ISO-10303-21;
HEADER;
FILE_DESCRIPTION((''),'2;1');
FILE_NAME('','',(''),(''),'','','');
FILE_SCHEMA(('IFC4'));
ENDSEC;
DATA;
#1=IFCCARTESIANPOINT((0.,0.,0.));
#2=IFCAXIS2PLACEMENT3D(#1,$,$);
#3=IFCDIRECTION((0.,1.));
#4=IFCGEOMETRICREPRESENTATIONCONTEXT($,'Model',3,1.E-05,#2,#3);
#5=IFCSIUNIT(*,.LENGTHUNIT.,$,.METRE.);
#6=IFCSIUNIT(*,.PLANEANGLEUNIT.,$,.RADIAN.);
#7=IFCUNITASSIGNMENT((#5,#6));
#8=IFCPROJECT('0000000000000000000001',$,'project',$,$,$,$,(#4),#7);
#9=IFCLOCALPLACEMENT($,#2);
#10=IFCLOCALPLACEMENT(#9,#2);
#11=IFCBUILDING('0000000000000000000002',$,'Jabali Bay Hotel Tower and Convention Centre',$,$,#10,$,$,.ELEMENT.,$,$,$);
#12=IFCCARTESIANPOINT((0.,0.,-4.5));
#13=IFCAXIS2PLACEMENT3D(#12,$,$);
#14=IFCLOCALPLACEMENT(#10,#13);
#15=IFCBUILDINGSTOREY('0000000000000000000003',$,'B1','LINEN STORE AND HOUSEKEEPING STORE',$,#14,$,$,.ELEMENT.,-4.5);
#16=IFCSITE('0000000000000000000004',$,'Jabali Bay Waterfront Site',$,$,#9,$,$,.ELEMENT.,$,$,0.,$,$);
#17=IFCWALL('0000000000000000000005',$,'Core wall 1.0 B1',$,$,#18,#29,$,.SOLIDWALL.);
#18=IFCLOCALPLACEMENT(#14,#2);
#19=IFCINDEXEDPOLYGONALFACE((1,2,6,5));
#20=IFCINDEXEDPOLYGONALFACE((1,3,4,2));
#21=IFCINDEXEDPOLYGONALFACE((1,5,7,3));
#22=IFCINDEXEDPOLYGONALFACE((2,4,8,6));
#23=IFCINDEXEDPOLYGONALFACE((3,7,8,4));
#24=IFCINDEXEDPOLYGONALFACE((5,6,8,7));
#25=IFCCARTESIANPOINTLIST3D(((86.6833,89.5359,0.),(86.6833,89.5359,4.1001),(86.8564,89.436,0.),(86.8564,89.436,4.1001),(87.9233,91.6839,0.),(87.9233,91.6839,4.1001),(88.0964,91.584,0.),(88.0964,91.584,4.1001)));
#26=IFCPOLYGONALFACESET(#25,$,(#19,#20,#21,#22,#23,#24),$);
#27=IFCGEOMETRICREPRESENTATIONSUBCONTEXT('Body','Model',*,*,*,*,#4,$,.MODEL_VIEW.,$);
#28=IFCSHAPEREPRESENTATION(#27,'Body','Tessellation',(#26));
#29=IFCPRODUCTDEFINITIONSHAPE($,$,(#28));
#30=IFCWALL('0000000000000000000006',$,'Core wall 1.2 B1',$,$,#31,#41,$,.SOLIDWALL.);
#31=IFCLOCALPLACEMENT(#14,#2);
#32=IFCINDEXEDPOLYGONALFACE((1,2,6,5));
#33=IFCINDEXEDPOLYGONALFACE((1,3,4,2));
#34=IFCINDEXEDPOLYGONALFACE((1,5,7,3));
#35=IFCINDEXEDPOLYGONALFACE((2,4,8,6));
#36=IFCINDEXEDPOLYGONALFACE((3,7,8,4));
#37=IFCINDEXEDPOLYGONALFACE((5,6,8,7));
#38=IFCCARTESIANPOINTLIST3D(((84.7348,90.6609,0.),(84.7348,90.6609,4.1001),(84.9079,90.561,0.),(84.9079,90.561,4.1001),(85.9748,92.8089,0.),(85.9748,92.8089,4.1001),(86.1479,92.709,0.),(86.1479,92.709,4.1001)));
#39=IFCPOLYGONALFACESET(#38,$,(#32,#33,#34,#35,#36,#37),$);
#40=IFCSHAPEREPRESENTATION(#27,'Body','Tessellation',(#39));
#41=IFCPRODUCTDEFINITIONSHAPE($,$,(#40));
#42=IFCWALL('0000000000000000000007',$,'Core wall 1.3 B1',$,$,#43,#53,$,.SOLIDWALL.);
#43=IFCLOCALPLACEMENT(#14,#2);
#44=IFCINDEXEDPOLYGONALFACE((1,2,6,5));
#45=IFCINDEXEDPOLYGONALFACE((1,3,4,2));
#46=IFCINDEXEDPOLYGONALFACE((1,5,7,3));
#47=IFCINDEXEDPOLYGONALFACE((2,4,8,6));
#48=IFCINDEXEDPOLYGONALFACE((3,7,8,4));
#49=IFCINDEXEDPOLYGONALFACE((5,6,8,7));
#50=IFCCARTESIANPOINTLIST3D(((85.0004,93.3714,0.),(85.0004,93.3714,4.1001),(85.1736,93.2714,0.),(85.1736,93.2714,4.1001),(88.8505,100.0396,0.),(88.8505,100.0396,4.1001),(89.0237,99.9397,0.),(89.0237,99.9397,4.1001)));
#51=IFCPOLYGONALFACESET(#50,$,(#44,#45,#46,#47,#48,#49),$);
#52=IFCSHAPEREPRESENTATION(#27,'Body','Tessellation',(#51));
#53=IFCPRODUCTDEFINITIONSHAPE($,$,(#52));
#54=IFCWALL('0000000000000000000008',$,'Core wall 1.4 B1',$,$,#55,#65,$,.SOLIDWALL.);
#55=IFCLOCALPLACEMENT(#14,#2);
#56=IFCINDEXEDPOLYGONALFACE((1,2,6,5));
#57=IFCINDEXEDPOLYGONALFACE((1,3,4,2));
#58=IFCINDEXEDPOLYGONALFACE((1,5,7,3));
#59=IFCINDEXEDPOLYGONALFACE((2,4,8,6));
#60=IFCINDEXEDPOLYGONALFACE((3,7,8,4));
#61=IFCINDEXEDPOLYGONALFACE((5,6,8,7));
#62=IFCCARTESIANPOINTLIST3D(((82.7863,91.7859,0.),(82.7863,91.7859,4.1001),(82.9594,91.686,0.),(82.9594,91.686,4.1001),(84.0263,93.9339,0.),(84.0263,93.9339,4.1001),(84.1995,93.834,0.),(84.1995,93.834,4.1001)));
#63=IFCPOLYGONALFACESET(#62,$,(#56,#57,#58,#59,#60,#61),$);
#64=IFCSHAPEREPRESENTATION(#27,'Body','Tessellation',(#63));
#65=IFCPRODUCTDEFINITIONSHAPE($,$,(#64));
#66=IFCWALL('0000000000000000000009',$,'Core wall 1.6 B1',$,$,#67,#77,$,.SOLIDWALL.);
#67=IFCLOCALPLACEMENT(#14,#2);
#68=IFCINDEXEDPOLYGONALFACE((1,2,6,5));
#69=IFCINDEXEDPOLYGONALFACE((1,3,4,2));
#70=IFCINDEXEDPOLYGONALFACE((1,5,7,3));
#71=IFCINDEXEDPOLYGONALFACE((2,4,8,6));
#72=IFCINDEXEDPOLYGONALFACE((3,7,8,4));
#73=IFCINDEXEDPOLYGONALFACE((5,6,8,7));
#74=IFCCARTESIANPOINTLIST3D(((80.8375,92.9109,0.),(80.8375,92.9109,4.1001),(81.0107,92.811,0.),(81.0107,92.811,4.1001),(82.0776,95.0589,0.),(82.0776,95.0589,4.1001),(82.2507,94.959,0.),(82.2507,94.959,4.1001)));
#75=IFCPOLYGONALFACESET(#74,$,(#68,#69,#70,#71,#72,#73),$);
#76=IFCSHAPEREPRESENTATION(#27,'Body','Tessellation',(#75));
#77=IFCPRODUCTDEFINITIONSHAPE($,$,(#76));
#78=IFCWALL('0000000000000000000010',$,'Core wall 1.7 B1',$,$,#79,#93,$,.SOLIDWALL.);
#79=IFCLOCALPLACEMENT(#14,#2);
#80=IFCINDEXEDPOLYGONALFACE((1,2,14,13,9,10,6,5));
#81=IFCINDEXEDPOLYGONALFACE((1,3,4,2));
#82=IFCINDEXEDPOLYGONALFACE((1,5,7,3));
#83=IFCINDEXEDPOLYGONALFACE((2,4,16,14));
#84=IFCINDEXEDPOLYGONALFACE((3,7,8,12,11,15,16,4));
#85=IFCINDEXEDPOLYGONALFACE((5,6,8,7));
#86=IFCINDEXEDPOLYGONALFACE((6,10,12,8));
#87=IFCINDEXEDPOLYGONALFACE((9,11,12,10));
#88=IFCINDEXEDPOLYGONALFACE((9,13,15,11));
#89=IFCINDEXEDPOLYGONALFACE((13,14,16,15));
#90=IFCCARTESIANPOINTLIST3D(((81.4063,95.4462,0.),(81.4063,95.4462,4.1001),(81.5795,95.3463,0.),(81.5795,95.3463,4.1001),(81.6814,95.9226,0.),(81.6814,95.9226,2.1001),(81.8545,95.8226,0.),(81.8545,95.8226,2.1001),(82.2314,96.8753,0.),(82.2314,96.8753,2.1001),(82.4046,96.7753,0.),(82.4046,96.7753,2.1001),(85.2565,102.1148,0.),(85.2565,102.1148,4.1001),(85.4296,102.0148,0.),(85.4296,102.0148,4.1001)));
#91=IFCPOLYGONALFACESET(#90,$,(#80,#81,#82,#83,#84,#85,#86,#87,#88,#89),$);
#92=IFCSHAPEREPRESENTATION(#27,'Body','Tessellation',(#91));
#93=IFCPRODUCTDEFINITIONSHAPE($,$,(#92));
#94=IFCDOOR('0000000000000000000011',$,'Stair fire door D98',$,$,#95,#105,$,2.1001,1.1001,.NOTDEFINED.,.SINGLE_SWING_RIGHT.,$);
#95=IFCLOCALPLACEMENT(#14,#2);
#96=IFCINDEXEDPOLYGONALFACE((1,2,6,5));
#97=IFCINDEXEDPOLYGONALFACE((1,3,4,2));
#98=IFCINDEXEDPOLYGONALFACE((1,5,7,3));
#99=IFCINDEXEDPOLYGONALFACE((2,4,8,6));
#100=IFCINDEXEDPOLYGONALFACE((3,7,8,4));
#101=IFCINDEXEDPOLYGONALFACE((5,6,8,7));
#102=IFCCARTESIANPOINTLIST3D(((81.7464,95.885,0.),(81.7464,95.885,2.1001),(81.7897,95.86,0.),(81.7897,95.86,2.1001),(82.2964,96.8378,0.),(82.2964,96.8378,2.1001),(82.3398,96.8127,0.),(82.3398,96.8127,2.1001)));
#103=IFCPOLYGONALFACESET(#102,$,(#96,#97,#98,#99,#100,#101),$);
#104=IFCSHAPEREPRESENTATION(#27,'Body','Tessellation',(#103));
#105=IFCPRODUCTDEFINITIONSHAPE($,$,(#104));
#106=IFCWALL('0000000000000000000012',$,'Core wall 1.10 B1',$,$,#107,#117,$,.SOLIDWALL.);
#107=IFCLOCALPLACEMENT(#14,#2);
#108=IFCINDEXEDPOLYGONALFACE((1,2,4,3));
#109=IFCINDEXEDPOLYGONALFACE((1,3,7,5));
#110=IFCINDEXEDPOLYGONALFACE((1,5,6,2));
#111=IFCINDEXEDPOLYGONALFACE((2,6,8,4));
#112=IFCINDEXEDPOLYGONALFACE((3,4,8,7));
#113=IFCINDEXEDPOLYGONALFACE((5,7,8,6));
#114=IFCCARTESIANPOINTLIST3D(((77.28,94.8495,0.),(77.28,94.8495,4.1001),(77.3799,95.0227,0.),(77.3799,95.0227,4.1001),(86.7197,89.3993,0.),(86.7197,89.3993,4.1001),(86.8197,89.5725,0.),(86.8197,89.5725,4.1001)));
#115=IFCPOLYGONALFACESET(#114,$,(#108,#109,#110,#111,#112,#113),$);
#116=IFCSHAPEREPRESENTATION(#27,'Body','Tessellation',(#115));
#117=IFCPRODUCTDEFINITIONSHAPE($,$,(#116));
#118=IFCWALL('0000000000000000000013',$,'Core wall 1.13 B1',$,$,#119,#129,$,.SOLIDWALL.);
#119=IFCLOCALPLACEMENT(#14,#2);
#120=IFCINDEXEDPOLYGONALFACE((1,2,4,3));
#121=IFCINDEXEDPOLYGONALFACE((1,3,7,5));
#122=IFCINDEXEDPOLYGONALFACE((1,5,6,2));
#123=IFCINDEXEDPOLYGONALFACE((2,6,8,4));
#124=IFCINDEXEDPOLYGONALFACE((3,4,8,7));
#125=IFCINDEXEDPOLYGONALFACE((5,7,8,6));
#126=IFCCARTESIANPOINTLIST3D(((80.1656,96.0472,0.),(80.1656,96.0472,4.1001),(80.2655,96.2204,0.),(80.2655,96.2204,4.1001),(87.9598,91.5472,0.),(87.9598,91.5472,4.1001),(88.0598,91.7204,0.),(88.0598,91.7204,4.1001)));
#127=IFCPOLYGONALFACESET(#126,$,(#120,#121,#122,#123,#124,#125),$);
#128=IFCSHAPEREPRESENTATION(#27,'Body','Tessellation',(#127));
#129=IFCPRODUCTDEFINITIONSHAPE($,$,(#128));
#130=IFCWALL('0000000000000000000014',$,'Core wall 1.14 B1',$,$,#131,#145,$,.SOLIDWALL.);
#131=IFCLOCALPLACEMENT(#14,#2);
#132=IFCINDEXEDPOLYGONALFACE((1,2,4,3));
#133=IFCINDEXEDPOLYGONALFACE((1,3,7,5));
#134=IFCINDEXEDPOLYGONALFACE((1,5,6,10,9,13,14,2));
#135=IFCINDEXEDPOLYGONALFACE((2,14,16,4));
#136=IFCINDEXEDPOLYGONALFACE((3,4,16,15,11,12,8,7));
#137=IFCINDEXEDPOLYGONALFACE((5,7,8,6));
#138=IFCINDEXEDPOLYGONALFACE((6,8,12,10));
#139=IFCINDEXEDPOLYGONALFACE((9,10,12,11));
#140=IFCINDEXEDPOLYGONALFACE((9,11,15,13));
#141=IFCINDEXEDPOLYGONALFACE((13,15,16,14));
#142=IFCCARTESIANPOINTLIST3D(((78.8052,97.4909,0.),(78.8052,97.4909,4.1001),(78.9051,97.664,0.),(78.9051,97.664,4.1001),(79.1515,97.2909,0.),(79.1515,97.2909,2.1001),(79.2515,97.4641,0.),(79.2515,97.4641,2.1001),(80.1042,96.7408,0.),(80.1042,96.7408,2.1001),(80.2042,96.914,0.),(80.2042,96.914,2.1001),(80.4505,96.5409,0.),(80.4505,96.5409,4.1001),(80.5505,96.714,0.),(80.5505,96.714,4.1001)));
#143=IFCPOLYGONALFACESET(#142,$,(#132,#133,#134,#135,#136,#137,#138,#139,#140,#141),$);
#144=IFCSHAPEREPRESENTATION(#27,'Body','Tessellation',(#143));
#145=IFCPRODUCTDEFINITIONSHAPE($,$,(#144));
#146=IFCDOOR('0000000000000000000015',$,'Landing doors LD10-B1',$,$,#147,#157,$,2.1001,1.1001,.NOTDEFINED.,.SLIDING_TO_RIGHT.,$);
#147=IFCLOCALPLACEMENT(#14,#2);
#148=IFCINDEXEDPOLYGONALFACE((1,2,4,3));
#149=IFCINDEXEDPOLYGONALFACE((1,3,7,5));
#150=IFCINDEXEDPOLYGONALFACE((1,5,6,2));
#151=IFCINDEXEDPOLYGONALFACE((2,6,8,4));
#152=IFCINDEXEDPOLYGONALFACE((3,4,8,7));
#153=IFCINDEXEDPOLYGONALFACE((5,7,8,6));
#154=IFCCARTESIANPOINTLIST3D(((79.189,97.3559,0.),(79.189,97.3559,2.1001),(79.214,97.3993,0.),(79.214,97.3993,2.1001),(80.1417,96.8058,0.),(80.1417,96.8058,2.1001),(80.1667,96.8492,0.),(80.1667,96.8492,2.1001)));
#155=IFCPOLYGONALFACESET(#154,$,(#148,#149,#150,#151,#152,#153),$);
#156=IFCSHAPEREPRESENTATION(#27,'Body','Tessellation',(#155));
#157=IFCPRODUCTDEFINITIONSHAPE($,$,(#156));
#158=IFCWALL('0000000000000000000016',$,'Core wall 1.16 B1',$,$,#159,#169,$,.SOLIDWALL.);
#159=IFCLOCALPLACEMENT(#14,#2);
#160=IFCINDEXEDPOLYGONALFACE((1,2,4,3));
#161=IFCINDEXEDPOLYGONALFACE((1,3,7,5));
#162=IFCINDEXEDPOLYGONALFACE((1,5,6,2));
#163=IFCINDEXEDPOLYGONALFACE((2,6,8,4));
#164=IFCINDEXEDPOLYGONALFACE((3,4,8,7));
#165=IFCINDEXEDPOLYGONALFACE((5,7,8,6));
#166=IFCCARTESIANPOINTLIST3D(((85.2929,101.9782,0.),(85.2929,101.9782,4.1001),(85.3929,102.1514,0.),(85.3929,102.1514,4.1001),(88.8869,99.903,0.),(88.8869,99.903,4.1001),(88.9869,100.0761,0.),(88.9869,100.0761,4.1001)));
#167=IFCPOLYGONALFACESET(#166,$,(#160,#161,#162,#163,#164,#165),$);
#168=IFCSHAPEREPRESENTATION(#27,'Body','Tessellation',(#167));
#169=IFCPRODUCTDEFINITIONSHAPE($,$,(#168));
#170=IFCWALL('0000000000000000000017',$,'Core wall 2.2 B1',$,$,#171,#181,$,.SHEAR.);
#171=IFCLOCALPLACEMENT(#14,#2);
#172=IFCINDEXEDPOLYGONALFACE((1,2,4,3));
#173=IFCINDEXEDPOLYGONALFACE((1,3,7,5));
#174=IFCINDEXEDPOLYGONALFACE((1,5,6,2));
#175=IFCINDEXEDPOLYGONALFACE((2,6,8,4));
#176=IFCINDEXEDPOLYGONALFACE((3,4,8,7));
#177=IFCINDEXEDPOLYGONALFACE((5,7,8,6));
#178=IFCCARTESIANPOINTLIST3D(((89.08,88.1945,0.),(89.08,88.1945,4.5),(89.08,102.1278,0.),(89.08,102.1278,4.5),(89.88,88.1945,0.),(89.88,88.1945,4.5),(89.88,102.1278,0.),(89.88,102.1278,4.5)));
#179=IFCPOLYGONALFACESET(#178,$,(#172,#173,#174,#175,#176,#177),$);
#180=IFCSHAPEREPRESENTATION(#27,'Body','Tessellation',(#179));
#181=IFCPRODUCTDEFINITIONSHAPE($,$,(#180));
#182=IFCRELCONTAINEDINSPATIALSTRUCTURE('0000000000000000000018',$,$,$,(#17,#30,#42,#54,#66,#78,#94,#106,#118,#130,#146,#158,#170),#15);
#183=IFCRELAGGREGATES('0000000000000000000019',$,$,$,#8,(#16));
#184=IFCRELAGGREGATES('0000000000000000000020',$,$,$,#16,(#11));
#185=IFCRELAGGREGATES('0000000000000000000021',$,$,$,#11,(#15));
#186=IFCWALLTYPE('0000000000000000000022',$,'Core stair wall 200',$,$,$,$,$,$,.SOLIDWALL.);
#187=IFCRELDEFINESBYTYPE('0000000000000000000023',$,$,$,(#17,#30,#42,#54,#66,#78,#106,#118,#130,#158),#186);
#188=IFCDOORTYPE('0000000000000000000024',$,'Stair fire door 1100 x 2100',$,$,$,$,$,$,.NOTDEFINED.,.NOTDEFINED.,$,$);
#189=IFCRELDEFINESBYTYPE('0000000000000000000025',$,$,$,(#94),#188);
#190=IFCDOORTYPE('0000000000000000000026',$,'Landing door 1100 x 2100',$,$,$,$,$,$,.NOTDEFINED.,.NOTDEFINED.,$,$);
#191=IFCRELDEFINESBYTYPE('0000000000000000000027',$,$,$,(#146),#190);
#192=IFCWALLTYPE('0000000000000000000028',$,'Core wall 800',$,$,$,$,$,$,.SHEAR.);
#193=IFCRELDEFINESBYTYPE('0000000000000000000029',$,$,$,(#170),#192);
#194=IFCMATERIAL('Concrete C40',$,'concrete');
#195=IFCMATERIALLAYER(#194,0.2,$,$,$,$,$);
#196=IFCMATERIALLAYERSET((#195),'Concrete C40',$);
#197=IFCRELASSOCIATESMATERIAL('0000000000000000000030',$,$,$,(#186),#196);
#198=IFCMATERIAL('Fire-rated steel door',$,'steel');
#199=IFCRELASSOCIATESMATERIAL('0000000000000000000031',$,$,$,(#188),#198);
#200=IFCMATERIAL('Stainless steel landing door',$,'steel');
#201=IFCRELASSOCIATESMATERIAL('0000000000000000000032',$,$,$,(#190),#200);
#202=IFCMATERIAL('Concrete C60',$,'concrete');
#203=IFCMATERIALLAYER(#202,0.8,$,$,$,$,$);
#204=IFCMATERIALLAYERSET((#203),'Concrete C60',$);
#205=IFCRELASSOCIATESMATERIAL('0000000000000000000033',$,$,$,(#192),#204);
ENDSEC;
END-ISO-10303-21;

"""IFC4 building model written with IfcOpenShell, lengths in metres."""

from ifc_helpers import new_model, si_unit, direction, frame, frame_2d, origin, place, context, subcontext, project, spatial, rectangle, extrude, material, layer, layer_set, type_object, element, fill, save


model = new_model("IFC4")

# Units and contexts
model_context = context("Model", 3, precision=1e-05, world=origin(), true_north=direction((0.0, 1.0)))
body_context = subcontext(model_context, "Body", "Model", "MODEL_VIEW")
ifc_project = project(units=[si_unit("LENGTHUNIT", "METRE"), si_unit("PLANEANGLEUNIT", "RADIAN")], contexts=[model_context])

# Site, building, storey
site_placement = place(None, origin())
site = spatial("IfcSite", under=ifc_project, at=site_placement, Name="Jabali Bay Waterfront Site", CompositionType="ELEMENT", RefElevation=0.0)
building_placement = place(site_placement, origin())
building = spatial("IfcBuilding", under=site, at=building_placement, Name="Jabali Bay Hotel Tower and Convention Centre", CompositionType="ELEMENT")
storey_placement = place(building_placement, frame((0.0, 0.0, -4.5)))
storey = spatial("IfcBuildingStorey", under=building, at=storey_placement, Name="B1", Description="LINEN STORE AND HOUSEKEEPING STORE", CompositionType="ELEMENT", Elevation=-4.5)

# Shared definitions
ifc_material_1 = material(Name="Concrete C60", Category="concrete")

# Shared definitions
ifc_material_2 = material(Name="Concrete C40", Category="concrete")

# Shared definitions
ifc_material_3 = material(Name="Fire-rated steel door", Category="steel")

# Walls
ifc_layer_1 = layer(ifc_material_2, 0.2)
ifc_layer_set_1 = layer_set([ifc_layer_1], Name="Concrete C40")
wall_type_1 = type_object("IfcWallType", Name="Core stair wall 200", PredefinedType="SOLIDWALL", material=ifc_layer_set_1)
for number, where, z_axis, x_axis, name in (
    (1, (86.7698, 89.4858, 0.0), (0.0, 0.0, 1.0), (0.499961, 0.866048, 0.0), "Core wall 1.0 B1"),
    (2, (84.8213, 90.6108, 0.0), (0.0, 0.0, 1.0), (0.499961, 0.866048, 0.0), "Core wall 1.2 B1"),
):
    element("IfcWall", number, at=place(storey_placement, frame(where, z_axis=z_axis, x_axis=x_axis)), inside=storey, type_object=wall_type_1, Name=name, PredefinedType="SOLIDWALL", context=body_context, shape_type="SweptSolid", body=[
        extrude(rectangle(XDim=2.4802, YDim=0.2, at=frame_2d((1.2402, 0.0))), origin(), (0.0, 0.0, 1.0), 4.1001),
    ])
wall_1_placement = place(storey_placement, frame((85.0869, 93.3213, 0.0), z_axis=(0.0, 0.0, 1.0), x_axis=(0.50002, 0.866014, 0.0)))
element("IfcWall", 3, at=wall_1_placement, inside=storey, type_object=wall_type_1, Name="Core wall 1.3 B1", PredefinedType="SOLIDWALL", context=body_context, shape_type="SweptSolid", body=[
    extrude(rectangle(XDim=7.7, YDim=0.2, at=frame_2d((3.8501, 0.0))), origin(), (0.0, 0.0, 1.0), 4.1001),
])
for number, where, z_axis, x_axis, name in (
    (4, (82.8728, 91.7358, 0.0), (0.0, 0.0, 1.0), (0.499961, 0.866048, 0.0), "Core wall 1.4 B1"),
    (5, (80.9241, 92.8608, 0.0), (0.0, 0.0, 1.0), (0.499961, 0.866048, 0.0), "Core wall 1.6 B1"),
):
    element("IfcWall", number, at=place(storey_placement, frame(where, z_axis=z_axis, x_axis=x_axis)), inside=storey, type_object=wall_type_1, Name=name, PredefinedType="SOLIDWALL", context=body_context, shape_type="SweptSolid", body=[
        extrude(rectangle(XDim=2.4802, YDim=0.2, at=frame_2d((1.2402, 0.0))), origin(), (0.0, 0.0, 1.0), 4.1001),
    ])

# Wall, opening, door
wall_2_placement = place(storey_placement, frame((81.4929, 95.3962, 0.0), z_axis=(0.0, 0.0, 1.0), x_axis=(0.500006, 0.866022, 0.0)))
wall_2 = element("IfcWall", 6, at=wall_2_placement, inside=storey, type_object=wall_type_1, Name="Core wall 1.7 B1", PredefinedType="SOLIDWALL", context=body_context, shape_type="SweptSolid", body=[
    extrude(rectangle(XDim=7.7002, YDim=0.2, at=frame_2d((3.8501, 0.0))), origin(), (0.0, 0.0, 1.0), 4.1001),
])
opening_1_placement = place(wall_2_placement, frame((0.55, 0.0, 0.0)))
opening_1 = element("IfcOpeningElement", 7, at=opening_1_placement, cuts=wall_2, PredefinedType="OPENING", context=body_context, shape_type="SweptSolid", body=[
    extrude(rectangle(XDim=1.1001, YDim=2.1001, at=frame_2d((0.55, 1.05))), frame((0.0, 0.1104, 0.0), z_axis=(0.0, -1.0, 0.0), x_axis=(1.0, 0.0, 0.0)), (0.0, 0.0, 1.0), 0.2209),
])
door_type_1 = type_object("IfcDoorType", Name="Stair fire door 1100 x 2100", OperationType="NOTDEFINED", PredefinedType="NOTDEFINED", material=ifc_material_3)
door_1_placement = place(opening_1_placement, origin())
door_1 = element("IfcDoor", 8, at=door_1_placement, inside=storey, type_object=door_type_1, Name="Stair fire door D98", OperationType="SINGLE_SWING_RIGHT", OverallHeight=2.1001, OverallWidth=1.1001, PredefinedType="NOTDEFINED", context=body_context, shape_type="SweptSolid", body=[
    extrude(rectangle(XDim=1.1001, YDim=2.1001, at=frame_2d((0.55, 1.05))), frame((0.0, 0.0249, 0.0), z_axis=(0.0, -1.0, 0.0), x_axis=(1.0, 0.0, 0.0)), (0.0, 0.0, 1.0), 0.05),
])
fill(opening_1, door_1)

# Walls
wall_3_placement = place(storey_placement, frame((86.7698, 89.4858, 0.0), z_axis=(0.0, 0.0, 1.0), x_axis=(-0.866018, 0.500013, 0.0)))
element("IfcWall", 9, at=wall_3_placement, inside=storey, type_object=wall_type_1, Name="Core wall 1.10 B1", PredefinedType="SOLIDWALL", context=body_context, shape_type="SweptSolid", body=[
    extrude(rectangle(XDim=10.9001, YDim=0.2, at=frame_2d((5.4502, 0.0))), origin(), (0.0, 0.0, 1.0), 4.1001),
])
wall_4_placement = place(storey_placement, frame((88.0098, 91.6338, 0.0), z_axis=(0.0, 0.0, 1.0), x_axis=(-0.866024, 0.500002, 0.0)))
element("IfcWall", 10, at=wall_4_placement, inside=storey, type_object=wall_type_1, Name="Core wall 1.13 B1", PredefinedType="SOLIDWALL", context=body_context, shape_type="SweptSolid", body=[
    extrude(rectangle(XDim=9.0, YDim=0.2, at=frame_2d((4.5, 0.0))), origin(), (0.0, 0.0, 1.0), 4.1001),
])

# Wall, opening, door
wall_5_placement = place(storey_placement, frame((80.5005, 96.6274, 0.0), z_axis=(0.0, 0.0, 1.0), x_axis=(-0.866012, 0.500023, 0.0)))
wall_5 = element("IfcWall", 11, at=wall_5_placement, inside=storey, type_object=wall_type_1, Name="Core wall 1.14 B1", PredefinedType="SOLIDWALL", context=body_context, shape_type="SweptSolid", body=[
    extrude(rectangle(XDim=1.8999, YDim=0.2, at=frame_2d((0.95, 0.0))), origin(), (0.0, 0.0, 1.0), 4.1001),
])
opening_2_placement = place(wall_5_placement, frame((0.3999, 0.0, 0.0)))
opening_2 = element("IfcOpeningElement", 12, at=opening_2_placement, cuts=wall_5, PredefinedType="OPENING", context=body_context, shape_type="SweptSolid", body=[
    extrude(rectangle(XDim=1.1001, YDim=2.1001, at=frame_2d((0.55, 1.05))), frame((0.0, 0.1104, 0.0), z_axis=(0.0, -1.0, 0.0), x_axis=(1.0, 0.0, 0.0)), (0.0, 0.0, 1.0), 0.2209),
])
ifc_material_4 = material(Name="Stainless steel landing door", Category="steel")
door_type_2 = type_object("IfcDoorType", Name="Landing door 1100 x 2100", OperationType="NOTDEFINED", PredefinedType="NOTDEFINED", material=ifc_material_4)
door_2_placement = place(opening_2_placement, origin())
door_2 = element("IfcDoor", 13, at=door_2_placement, inside=storey, type_object=door_type_2, Name="Landing doors LD10-B1", OperationType="SLIDING_TO_RIGHT", OverallHeight=2.1001, OverallWidth=1.1001, PredefinedType="NOTDEFINED", context=body_context, shape_type="SweptSolid", body=[
    extrude(rectangle(XDim=1.1001, YDim=2.1001, at=frame_2d((0.55, 1.05))), frame((0.0, 0.0249, 0.0), z_axis=(0.0, -1.0, 0.0), x_axis=(1.0, 0.0, 0.0)), (0.0, 0.0, 1.0), 0.05),
])
fill(opening_2, door_2)

# Walls
wall_6_placement = place(storey_placement, frame((88.937, 99.9895, 0.0), z_axis=(0.0, 0.0, 1.0), x_axis=(-0.866004, 0.500036, 0.0)))
element("IfcWall", 14, at=wall_6_placement, inside=storey, type_object=wall_type_1, Name="Core wall 1.16 B1", PredefinedType="SOLIDWALL", context=body_context, shape_type="SweptSolid", body=[
    extrude(rectangle(XDim=4.1501, YDim=0.2, at=frame_2d((2.0752, 0.0))), origin(), (0.0, 0.0, 1.0), 4.1001),
])
ifc_layer_2 = layer(ifc_material_1, 0.8)
ifc_layer_set_2 = layer_set([ifc_layer_2], Name="Concrete C60")
wall_type_2 = type_object("IfcWallType", Name="Core wall 800", PredefinedType="SHEAR", material=ifc_layer_set_2)
wall_7_placement = place(storey_placement, frame((89.48, 88.1943, 0.0), z_axis=(0.0, 0.0, 1.0), x_axis=(0.0, 1.0, 0.0)))
element("IfcWall", 15, at=wall_7_placement, inside=storey, type_object=wall_type_2, Name="Core wall 2.2 B1", PredefinedType="SHEAR", context=body_context, shape_type="SweptSolid", body=[
    extrude(rectangle(XDim=13.9333, YDim=0.8, at=frame_2d((6.9668, 0.0))), origin(), (0.0, 0.0, 1.0), 4.5),
])

save(model, "model.ifc")
